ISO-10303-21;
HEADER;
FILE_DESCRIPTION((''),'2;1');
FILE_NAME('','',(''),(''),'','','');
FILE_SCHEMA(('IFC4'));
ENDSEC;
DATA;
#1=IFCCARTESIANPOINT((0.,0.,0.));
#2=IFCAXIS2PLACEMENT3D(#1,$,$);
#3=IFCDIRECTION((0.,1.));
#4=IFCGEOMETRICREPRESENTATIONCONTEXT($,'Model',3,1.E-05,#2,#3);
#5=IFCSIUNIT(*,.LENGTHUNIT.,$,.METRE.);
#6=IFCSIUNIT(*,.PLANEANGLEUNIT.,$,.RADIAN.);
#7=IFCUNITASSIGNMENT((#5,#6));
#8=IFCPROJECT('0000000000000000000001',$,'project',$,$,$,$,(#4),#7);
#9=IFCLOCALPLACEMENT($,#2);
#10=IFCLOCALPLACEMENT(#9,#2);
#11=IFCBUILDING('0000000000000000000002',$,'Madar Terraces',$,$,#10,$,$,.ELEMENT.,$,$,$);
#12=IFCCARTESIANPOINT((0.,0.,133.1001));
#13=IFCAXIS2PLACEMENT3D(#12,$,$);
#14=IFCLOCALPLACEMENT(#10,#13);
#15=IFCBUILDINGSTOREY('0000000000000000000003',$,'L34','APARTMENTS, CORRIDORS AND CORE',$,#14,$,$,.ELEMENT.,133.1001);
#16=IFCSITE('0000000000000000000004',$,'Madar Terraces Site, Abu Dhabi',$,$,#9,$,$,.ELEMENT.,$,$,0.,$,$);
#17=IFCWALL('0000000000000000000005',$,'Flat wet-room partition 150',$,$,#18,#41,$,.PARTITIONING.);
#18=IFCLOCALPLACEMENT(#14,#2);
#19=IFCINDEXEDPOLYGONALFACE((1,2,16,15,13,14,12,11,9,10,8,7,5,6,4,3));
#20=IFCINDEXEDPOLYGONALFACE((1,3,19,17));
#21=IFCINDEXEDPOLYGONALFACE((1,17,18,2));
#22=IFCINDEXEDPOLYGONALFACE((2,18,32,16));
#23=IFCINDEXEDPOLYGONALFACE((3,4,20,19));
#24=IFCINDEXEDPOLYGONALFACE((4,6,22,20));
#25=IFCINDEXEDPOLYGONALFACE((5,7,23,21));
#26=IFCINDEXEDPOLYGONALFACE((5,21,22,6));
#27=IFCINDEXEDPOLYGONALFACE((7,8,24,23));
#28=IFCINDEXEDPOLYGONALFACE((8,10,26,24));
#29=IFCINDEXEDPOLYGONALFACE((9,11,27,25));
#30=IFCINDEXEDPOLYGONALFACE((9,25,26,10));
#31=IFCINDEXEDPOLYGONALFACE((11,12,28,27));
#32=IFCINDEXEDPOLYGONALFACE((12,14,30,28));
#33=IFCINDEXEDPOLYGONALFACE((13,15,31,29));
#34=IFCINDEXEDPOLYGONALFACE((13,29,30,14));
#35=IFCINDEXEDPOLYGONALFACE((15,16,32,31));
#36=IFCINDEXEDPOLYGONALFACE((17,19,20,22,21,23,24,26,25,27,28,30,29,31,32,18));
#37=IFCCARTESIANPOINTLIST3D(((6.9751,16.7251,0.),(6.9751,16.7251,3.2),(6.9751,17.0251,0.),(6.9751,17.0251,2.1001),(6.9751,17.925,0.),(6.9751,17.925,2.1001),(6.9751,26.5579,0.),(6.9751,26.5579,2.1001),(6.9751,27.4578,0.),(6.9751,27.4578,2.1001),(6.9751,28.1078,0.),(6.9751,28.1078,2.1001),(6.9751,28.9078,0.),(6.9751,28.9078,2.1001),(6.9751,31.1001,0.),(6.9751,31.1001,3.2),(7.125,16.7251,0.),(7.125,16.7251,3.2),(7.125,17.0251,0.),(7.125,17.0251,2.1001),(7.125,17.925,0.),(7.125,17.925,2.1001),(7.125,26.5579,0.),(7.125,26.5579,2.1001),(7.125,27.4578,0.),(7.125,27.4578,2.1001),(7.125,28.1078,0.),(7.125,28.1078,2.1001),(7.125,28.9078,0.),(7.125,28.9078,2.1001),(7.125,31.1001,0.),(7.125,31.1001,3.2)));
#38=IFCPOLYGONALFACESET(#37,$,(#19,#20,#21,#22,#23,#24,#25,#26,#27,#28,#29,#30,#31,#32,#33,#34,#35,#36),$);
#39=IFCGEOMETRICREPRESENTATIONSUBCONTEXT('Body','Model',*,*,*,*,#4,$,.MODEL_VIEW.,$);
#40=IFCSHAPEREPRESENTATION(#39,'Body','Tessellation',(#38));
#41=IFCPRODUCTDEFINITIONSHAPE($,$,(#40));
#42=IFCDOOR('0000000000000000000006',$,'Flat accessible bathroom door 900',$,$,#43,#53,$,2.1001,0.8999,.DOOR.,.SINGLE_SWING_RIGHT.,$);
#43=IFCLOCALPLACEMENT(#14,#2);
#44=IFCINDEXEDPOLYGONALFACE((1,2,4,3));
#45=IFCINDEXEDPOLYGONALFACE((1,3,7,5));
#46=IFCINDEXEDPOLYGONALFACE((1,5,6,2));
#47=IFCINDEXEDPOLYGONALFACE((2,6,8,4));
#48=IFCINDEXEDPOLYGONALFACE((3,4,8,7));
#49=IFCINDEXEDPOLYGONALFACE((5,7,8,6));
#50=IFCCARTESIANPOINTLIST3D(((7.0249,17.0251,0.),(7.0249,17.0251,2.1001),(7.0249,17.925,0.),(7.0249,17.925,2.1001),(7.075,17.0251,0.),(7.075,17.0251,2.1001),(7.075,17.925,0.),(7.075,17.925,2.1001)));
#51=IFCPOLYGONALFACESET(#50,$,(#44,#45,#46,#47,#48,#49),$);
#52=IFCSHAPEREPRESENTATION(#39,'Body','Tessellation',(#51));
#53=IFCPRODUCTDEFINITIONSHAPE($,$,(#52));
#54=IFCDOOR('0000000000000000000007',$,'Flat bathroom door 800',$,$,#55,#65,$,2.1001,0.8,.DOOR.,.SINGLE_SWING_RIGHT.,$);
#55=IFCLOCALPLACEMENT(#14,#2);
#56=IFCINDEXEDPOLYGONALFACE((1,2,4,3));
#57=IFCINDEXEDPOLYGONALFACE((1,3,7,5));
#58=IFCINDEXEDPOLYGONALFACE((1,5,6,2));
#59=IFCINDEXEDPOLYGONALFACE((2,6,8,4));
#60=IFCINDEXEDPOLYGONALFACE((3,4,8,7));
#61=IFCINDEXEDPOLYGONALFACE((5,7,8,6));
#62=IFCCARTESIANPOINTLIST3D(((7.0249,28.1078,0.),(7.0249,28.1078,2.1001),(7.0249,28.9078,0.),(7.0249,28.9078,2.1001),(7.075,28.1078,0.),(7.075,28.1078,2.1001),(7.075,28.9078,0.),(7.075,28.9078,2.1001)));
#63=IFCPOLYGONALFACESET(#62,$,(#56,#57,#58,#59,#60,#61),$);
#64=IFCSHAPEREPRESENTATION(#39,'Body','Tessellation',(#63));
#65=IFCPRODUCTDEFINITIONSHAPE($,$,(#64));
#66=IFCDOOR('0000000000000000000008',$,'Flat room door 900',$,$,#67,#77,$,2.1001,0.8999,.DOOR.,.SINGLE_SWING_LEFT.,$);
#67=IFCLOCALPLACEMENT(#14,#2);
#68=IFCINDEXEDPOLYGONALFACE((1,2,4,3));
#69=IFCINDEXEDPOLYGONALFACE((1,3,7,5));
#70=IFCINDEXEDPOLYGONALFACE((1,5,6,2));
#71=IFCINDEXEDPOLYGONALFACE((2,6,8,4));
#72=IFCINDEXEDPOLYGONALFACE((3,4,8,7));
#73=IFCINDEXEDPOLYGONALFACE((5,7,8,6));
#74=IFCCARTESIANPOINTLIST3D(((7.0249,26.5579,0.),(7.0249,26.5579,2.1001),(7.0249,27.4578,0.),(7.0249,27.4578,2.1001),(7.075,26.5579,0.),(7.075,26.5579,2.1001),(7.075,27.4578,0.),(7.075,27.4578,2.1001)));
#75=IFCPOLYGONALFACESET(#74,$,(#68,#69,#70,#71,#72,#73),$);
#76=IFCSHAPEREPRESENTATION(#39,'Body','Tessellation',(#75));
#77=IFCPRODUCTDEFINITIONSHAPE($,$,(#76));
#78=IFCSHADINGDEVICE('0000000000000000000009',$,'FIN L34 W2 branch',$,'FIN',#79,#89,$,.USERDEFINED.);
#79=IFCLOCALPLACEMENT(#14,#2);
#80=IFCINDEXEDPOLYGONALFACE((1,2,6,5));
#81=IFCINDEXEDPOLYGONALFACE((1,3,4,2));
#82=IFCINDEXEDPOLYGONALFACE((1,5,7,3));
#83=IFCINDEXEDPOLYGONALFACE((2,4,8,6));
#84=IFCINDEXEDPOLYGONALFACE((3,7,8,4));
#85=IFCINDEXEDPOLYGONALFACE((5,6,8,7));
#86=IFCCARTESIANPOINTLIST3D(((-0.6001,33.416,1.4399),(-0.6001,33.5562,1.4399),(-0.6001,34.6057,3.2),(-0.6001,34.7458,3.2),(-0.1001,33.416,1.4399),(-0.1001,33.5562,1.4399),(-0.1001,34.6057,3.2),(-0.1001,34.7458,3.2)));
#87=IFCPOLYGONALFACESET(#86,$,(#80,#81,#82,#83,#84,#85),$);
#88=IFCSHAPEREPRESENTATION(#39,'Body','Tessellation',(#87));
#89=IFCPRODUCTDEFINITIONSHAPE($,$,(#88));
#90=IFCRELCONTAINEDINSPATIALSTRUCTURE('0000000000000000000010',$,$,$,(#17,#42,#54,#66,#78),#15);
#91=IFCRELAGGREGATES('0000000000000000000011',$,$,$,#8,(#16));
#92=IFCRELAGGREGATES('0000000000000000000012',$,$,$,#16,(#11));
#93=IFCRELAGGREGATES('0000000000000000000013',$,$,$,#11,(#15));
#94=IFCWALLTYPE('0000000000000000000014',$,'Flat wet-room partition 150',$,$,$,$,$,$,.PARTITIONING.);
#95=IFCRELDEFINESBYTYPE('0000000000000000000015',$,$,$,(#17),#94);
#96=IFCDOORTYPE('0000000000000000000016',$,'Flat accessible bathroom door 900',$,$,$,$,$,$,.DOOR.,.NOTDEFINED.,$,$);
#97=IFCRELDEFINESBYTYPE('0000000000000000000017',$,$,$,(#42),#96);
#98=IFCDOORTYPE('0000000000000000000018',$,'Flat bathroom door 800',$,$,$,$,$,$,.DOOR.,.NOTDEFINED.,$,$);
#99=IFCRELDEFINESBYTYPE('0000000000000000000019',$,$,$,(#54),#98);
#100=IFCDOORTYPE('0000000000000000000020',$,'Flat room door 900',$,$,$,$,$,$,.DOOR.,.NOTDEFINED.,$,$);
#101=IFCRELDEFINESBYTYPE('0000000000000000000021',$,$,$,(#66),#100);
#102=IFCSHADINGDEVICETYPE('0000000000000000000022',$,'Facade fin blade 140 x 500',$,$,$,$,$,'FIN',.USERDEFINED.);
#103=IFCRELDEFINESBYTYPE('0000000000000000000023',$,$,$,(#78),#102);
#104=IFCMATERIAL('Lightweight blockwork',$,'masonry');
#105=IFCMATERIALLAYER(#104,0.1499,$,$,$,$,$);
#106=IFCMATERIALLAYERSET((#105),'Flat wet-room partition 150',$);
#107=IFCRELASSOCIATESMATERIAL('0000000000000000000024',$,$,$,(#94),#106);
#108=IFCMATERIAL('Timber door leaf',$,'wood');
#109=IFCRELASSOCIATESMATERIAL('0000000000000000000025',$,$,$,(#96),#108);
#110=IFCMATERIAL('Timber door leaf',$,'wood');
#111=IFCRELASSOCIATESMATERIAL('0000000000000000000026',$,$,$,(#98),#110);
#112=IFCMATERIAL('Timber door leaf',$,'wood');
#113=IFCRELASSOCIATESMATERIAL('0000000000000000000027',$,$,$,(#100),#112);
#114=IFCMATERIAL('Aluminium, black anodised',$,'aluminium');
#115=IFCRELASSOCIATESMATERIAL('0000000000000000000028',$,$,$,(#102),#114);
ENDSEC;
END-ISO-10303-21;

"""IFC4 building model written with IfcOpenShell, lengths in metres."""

from ifc_helpers import new_model, si_unit, direction, frame, frame_2d, origin, place, context, subcontext, project, spatial, polyline, rectangle, outline, extrude, material, layer, layer_set, type_object, element, fill, save


model = new_model("IFC4")

# Units and contexts
model_context = context("Model", 3, precision=1e-05, world=origin(), true_north=direction((0.0, 1.0)))
body_context = subcontext(model_context, "Body", "Model", "MODEL_VIEW")
ifc_project = project(units=[si_unit("LENGTHUNIT", "METRE"), si_unit("PLANEANGLEUNIT", "RADIAN")], contexts=[model_context])

# Site, building, storey
site_placement = place(None, origin())
site = spatial("IfcSite", under=ifc_project, at=site_placement, Name="Madar Terraces Site, Abu Dhabi", CompositionType="ELEMENT", RefElevation=0.0)
building_placement = place(site_placement, origin())
building = spatial("IfcBuilding", under=site, at=building_placement, Name="Madar Terraces", CompositionType="ELEMENT")
storey_placement = place(building_placement, frame((0.0, 0.0, 133.1001)))
storey = spatial("IfcBuildingStorey", under=building, at=storey_placement, Name="L34", Description="APARTMENTS, CORRIDORS AND CORE", CompositionType="ELEMENT", Elevation=133.1001)

# Wall, openings, doors
ifc_material_1 = material(Name="Lightweight blockwork", Category="masonry")
ifc_layer_1 = layer(ifc_material_1, 0.1499)
ifc_layer_set_1 = layer_set([ifc_layer_1], Name="Flat wet-room partition 150")
wall_type_1 = type_object("IfcWallType", Name="Flat wet-room partition 150", PredefinedType="PARTITIONING", material=ifc_layer_set_1)
wall_1_placement = place(storey_placement, frame((7.05, 31.1001, 0.0), z_axis=(0.0, 0.0, 1.0), x_axis=(0.0, -1.0, 0.0)))
wall_1 = element("IfcWall", 1, at=wall_1_placement, inside=storey, type_object=wall_type_1, Name="Flat wet-room partition 150", PredefinedType="PARTITIONING", context=body_context, shape_type="SweptSolid", body=[
    extrude(rectangle(XDim=14.375, YDim=0.1499, at=frame_2d((7.1875, 0.0))), origin(), (0.0, 0.0, 1.0), 3.2),
])
opening_1_placement = place(wall_1_placement, frame((13.175, 0.0, 0.0)))
opening_1 = element("IfcOpeningElement", 2, at=opening_1_placement, cuts=wall_1, PredefinedType="OPENING", context=body_context, shape_type="SweptSolid", body=[
    extrude(rectangle(XDim=0.8999, YDim=2.1001, at=frame_2d((0.45, 1.05))), frame((0.0, 0.085, 0.0), z_axis=(0.0, -1.0, 0.0), x_axis=(1.0, 0.0, 0.0)), (0.0, 0.0, 1.0), 0.1699),
])
opening_2_placement = place(wall_1_placement, frame((3.6423, 0.0, 0.0)))
opening_2 = element("IfcOpeningElement", 3, at=opening_2_placement, cuts=wall_1, PredefinedType="OPENING", context=body_context, shape_type="SweptSolid", body=[
    extrude(rectangle(XDim=0.8999, YDim=2.1001, at=frame_2d((0.45, 1.05))), frame((0.0, 0.085, 0.0), z_axis=(0.0, -1.0, 0.0), x_axis=(1.0, 0.0, 0.0)), (0.0, 0.0, 1.0), 0.1699),
])
opening_3_placement = place(wall_1_placement, frame((2.1924, 0.0, 0.0)))
opening_3 = element("IfcOpeningElement", 4, at=opening_3_placement, cuts=wall_1, PredefinedType="OPENING", context=body_context, shape_type="SweptSolid", body=[
    extrude(rectangle(XDim=0.8, YDim=2.1001, at=frame_2d((0.3999, 1.05))), frame((0.0, 0.085, 0.0), z_axis=(0.0, -1.0, 0.0), x_axis=(1.0, 0.0, 0.0)), (0.0, 0.0, 1.0), 0.1699),
])
ifc_material_2 = material(Name="Timber door leaf", Category="wood")
door_type_1 = type_object("IfcDoorType", Name="Flat accessible bathroom door 900", OperationType="NOTDEFINED", PredefinedType="DOOR", material=ifc_material_2)
door_1_placement = place(opening_1_placement, origin())
door_1 = element("IfcDoor", 5, at=door_1_placement, inside=storey, type_object=door_type_1, Name="Flat accessible bathroom door 900", OperationType="SINGLE_SWING_RIGHT", OverallHeight=2.1001, OverallWidth=0.8999, PredefinedType="DOOR", context=body_context, shape_type="SweptSolid", body=[
    extrude(rectangle(XDim=0.8999, YDim=2.1001, at=frame_2d((0.45, 1.05))), frame((0.0, 0.0249, 0.0), z_axis=(0.0, -1.0, 0.0), x_axis=(1.0, 0.0, 0.0)), (0.0, 0.0, 1.0), 0.05),
])
fill(opening_1, door_1)
ifc_material_3 = material(Name="Timber door leaf", Category="wood")
door_type_2 = type_object("IfcDoorType", Name="Flat bathroom door 800", OperationType="NOTDEFINED", PredefinedType="DOOR", material=ifc_material_3)
door_2_placement = place(opening_3_placement, origin())
door_2 = element("IfcDoor", 6, at=door_2_placement, inside=storey, type_object=door_type_2, Name="Flat bathroom door 800", OperationType="SINGLE_SWING_RIGHT", OverallHeight=2.1001, OverallWidth=0.8, PredefinedType="DOOR", context=body_context, shape_type="SweptSolid", body=[
    extrude(rectangle(XDim=0.8, YDim=2.1001, at=frame_2d((0.3999, 1.05))), frame((0.0, 0.0249, 0.0), z_axis=(0.0, -1.0, 0.0), x_axis=(1.0, 0.0, 0.0)), (0.0, 0.0, 1.0), 0.05),
])
fill(opening_3, door_2)
ifc_material_4 = material(Name="Timber door leaf", Category="wood")
door_type_3 = type_object("IfcDoorType", Name="Flat room door 900", OperationType="NOTDEFINED", PredefinedType="DOOR", material=ifc_material_4)
door_3_placement = place(opening_2_placement, origin())
door_3 = element("IfcDoor", 7, at=door_3_placement, inside=storey, type_object=door_type_3, Name="Flat room door 900", OperationType="SINGLE_SWING_LEFT", OverallHeight=2.1001, OverallWidth=0.8999, PredefinedType="DOOR", context=body_context, shape_type="SweptSolid", body=[
    extrude(rectangle(XDim=0.8999, YDim=2.1001, at=frame_2d((0.45, 1.05))), frame((0.0, 0.0249, 0.0), z_axis=(0.0, -1.0, 0.0), x_axis=(1.0, 0.0, 0.0)), (0.0, 0.0, 1.0), 0.05),
])
fill(opening_2, door_3)

# Shading device
ifc_material_5 = material(Name="Aluminium, black anodised", Category="aluminium")
shading_device_type = type_object("IfcShadingDeviceType", Name="Facade fin blade 140 x 500", ElementType="FIN", PredefinedType="USERDEFINED", material=ifc_material_5)
shading_device_placement = place(storey_placement, frame((-0.3501, 33.5562, 1.4399), z_axis=(0.0, 0.0, 1.0), x_axis=(0.0, -1.0, 0.0)))
element("IfcShadingDevice", 8, at=shading_device_placement, inside=storey, type_object=shading_device_type, Name="FIN L34 W2 branch", ObjectType="FIN", PredefinedType="USERDEFINED", context=body_context, shape_type="SweptSolid", body=[
    extrude(outline(polyline([(0.0, 0.0), (0.1401, 0.0), (-1.0496, 1.76), (-1.1897, 1.76), (0.0, 0.0)])), frame((0.0, 0.25, 0.0), z_axis=(0.0, -1.0, 0.0), x_axis=(1.0, 0.0, 0.0)), (0.0, 0.0, 1.0), 0.5),
])

save(model, "model.ifc")
